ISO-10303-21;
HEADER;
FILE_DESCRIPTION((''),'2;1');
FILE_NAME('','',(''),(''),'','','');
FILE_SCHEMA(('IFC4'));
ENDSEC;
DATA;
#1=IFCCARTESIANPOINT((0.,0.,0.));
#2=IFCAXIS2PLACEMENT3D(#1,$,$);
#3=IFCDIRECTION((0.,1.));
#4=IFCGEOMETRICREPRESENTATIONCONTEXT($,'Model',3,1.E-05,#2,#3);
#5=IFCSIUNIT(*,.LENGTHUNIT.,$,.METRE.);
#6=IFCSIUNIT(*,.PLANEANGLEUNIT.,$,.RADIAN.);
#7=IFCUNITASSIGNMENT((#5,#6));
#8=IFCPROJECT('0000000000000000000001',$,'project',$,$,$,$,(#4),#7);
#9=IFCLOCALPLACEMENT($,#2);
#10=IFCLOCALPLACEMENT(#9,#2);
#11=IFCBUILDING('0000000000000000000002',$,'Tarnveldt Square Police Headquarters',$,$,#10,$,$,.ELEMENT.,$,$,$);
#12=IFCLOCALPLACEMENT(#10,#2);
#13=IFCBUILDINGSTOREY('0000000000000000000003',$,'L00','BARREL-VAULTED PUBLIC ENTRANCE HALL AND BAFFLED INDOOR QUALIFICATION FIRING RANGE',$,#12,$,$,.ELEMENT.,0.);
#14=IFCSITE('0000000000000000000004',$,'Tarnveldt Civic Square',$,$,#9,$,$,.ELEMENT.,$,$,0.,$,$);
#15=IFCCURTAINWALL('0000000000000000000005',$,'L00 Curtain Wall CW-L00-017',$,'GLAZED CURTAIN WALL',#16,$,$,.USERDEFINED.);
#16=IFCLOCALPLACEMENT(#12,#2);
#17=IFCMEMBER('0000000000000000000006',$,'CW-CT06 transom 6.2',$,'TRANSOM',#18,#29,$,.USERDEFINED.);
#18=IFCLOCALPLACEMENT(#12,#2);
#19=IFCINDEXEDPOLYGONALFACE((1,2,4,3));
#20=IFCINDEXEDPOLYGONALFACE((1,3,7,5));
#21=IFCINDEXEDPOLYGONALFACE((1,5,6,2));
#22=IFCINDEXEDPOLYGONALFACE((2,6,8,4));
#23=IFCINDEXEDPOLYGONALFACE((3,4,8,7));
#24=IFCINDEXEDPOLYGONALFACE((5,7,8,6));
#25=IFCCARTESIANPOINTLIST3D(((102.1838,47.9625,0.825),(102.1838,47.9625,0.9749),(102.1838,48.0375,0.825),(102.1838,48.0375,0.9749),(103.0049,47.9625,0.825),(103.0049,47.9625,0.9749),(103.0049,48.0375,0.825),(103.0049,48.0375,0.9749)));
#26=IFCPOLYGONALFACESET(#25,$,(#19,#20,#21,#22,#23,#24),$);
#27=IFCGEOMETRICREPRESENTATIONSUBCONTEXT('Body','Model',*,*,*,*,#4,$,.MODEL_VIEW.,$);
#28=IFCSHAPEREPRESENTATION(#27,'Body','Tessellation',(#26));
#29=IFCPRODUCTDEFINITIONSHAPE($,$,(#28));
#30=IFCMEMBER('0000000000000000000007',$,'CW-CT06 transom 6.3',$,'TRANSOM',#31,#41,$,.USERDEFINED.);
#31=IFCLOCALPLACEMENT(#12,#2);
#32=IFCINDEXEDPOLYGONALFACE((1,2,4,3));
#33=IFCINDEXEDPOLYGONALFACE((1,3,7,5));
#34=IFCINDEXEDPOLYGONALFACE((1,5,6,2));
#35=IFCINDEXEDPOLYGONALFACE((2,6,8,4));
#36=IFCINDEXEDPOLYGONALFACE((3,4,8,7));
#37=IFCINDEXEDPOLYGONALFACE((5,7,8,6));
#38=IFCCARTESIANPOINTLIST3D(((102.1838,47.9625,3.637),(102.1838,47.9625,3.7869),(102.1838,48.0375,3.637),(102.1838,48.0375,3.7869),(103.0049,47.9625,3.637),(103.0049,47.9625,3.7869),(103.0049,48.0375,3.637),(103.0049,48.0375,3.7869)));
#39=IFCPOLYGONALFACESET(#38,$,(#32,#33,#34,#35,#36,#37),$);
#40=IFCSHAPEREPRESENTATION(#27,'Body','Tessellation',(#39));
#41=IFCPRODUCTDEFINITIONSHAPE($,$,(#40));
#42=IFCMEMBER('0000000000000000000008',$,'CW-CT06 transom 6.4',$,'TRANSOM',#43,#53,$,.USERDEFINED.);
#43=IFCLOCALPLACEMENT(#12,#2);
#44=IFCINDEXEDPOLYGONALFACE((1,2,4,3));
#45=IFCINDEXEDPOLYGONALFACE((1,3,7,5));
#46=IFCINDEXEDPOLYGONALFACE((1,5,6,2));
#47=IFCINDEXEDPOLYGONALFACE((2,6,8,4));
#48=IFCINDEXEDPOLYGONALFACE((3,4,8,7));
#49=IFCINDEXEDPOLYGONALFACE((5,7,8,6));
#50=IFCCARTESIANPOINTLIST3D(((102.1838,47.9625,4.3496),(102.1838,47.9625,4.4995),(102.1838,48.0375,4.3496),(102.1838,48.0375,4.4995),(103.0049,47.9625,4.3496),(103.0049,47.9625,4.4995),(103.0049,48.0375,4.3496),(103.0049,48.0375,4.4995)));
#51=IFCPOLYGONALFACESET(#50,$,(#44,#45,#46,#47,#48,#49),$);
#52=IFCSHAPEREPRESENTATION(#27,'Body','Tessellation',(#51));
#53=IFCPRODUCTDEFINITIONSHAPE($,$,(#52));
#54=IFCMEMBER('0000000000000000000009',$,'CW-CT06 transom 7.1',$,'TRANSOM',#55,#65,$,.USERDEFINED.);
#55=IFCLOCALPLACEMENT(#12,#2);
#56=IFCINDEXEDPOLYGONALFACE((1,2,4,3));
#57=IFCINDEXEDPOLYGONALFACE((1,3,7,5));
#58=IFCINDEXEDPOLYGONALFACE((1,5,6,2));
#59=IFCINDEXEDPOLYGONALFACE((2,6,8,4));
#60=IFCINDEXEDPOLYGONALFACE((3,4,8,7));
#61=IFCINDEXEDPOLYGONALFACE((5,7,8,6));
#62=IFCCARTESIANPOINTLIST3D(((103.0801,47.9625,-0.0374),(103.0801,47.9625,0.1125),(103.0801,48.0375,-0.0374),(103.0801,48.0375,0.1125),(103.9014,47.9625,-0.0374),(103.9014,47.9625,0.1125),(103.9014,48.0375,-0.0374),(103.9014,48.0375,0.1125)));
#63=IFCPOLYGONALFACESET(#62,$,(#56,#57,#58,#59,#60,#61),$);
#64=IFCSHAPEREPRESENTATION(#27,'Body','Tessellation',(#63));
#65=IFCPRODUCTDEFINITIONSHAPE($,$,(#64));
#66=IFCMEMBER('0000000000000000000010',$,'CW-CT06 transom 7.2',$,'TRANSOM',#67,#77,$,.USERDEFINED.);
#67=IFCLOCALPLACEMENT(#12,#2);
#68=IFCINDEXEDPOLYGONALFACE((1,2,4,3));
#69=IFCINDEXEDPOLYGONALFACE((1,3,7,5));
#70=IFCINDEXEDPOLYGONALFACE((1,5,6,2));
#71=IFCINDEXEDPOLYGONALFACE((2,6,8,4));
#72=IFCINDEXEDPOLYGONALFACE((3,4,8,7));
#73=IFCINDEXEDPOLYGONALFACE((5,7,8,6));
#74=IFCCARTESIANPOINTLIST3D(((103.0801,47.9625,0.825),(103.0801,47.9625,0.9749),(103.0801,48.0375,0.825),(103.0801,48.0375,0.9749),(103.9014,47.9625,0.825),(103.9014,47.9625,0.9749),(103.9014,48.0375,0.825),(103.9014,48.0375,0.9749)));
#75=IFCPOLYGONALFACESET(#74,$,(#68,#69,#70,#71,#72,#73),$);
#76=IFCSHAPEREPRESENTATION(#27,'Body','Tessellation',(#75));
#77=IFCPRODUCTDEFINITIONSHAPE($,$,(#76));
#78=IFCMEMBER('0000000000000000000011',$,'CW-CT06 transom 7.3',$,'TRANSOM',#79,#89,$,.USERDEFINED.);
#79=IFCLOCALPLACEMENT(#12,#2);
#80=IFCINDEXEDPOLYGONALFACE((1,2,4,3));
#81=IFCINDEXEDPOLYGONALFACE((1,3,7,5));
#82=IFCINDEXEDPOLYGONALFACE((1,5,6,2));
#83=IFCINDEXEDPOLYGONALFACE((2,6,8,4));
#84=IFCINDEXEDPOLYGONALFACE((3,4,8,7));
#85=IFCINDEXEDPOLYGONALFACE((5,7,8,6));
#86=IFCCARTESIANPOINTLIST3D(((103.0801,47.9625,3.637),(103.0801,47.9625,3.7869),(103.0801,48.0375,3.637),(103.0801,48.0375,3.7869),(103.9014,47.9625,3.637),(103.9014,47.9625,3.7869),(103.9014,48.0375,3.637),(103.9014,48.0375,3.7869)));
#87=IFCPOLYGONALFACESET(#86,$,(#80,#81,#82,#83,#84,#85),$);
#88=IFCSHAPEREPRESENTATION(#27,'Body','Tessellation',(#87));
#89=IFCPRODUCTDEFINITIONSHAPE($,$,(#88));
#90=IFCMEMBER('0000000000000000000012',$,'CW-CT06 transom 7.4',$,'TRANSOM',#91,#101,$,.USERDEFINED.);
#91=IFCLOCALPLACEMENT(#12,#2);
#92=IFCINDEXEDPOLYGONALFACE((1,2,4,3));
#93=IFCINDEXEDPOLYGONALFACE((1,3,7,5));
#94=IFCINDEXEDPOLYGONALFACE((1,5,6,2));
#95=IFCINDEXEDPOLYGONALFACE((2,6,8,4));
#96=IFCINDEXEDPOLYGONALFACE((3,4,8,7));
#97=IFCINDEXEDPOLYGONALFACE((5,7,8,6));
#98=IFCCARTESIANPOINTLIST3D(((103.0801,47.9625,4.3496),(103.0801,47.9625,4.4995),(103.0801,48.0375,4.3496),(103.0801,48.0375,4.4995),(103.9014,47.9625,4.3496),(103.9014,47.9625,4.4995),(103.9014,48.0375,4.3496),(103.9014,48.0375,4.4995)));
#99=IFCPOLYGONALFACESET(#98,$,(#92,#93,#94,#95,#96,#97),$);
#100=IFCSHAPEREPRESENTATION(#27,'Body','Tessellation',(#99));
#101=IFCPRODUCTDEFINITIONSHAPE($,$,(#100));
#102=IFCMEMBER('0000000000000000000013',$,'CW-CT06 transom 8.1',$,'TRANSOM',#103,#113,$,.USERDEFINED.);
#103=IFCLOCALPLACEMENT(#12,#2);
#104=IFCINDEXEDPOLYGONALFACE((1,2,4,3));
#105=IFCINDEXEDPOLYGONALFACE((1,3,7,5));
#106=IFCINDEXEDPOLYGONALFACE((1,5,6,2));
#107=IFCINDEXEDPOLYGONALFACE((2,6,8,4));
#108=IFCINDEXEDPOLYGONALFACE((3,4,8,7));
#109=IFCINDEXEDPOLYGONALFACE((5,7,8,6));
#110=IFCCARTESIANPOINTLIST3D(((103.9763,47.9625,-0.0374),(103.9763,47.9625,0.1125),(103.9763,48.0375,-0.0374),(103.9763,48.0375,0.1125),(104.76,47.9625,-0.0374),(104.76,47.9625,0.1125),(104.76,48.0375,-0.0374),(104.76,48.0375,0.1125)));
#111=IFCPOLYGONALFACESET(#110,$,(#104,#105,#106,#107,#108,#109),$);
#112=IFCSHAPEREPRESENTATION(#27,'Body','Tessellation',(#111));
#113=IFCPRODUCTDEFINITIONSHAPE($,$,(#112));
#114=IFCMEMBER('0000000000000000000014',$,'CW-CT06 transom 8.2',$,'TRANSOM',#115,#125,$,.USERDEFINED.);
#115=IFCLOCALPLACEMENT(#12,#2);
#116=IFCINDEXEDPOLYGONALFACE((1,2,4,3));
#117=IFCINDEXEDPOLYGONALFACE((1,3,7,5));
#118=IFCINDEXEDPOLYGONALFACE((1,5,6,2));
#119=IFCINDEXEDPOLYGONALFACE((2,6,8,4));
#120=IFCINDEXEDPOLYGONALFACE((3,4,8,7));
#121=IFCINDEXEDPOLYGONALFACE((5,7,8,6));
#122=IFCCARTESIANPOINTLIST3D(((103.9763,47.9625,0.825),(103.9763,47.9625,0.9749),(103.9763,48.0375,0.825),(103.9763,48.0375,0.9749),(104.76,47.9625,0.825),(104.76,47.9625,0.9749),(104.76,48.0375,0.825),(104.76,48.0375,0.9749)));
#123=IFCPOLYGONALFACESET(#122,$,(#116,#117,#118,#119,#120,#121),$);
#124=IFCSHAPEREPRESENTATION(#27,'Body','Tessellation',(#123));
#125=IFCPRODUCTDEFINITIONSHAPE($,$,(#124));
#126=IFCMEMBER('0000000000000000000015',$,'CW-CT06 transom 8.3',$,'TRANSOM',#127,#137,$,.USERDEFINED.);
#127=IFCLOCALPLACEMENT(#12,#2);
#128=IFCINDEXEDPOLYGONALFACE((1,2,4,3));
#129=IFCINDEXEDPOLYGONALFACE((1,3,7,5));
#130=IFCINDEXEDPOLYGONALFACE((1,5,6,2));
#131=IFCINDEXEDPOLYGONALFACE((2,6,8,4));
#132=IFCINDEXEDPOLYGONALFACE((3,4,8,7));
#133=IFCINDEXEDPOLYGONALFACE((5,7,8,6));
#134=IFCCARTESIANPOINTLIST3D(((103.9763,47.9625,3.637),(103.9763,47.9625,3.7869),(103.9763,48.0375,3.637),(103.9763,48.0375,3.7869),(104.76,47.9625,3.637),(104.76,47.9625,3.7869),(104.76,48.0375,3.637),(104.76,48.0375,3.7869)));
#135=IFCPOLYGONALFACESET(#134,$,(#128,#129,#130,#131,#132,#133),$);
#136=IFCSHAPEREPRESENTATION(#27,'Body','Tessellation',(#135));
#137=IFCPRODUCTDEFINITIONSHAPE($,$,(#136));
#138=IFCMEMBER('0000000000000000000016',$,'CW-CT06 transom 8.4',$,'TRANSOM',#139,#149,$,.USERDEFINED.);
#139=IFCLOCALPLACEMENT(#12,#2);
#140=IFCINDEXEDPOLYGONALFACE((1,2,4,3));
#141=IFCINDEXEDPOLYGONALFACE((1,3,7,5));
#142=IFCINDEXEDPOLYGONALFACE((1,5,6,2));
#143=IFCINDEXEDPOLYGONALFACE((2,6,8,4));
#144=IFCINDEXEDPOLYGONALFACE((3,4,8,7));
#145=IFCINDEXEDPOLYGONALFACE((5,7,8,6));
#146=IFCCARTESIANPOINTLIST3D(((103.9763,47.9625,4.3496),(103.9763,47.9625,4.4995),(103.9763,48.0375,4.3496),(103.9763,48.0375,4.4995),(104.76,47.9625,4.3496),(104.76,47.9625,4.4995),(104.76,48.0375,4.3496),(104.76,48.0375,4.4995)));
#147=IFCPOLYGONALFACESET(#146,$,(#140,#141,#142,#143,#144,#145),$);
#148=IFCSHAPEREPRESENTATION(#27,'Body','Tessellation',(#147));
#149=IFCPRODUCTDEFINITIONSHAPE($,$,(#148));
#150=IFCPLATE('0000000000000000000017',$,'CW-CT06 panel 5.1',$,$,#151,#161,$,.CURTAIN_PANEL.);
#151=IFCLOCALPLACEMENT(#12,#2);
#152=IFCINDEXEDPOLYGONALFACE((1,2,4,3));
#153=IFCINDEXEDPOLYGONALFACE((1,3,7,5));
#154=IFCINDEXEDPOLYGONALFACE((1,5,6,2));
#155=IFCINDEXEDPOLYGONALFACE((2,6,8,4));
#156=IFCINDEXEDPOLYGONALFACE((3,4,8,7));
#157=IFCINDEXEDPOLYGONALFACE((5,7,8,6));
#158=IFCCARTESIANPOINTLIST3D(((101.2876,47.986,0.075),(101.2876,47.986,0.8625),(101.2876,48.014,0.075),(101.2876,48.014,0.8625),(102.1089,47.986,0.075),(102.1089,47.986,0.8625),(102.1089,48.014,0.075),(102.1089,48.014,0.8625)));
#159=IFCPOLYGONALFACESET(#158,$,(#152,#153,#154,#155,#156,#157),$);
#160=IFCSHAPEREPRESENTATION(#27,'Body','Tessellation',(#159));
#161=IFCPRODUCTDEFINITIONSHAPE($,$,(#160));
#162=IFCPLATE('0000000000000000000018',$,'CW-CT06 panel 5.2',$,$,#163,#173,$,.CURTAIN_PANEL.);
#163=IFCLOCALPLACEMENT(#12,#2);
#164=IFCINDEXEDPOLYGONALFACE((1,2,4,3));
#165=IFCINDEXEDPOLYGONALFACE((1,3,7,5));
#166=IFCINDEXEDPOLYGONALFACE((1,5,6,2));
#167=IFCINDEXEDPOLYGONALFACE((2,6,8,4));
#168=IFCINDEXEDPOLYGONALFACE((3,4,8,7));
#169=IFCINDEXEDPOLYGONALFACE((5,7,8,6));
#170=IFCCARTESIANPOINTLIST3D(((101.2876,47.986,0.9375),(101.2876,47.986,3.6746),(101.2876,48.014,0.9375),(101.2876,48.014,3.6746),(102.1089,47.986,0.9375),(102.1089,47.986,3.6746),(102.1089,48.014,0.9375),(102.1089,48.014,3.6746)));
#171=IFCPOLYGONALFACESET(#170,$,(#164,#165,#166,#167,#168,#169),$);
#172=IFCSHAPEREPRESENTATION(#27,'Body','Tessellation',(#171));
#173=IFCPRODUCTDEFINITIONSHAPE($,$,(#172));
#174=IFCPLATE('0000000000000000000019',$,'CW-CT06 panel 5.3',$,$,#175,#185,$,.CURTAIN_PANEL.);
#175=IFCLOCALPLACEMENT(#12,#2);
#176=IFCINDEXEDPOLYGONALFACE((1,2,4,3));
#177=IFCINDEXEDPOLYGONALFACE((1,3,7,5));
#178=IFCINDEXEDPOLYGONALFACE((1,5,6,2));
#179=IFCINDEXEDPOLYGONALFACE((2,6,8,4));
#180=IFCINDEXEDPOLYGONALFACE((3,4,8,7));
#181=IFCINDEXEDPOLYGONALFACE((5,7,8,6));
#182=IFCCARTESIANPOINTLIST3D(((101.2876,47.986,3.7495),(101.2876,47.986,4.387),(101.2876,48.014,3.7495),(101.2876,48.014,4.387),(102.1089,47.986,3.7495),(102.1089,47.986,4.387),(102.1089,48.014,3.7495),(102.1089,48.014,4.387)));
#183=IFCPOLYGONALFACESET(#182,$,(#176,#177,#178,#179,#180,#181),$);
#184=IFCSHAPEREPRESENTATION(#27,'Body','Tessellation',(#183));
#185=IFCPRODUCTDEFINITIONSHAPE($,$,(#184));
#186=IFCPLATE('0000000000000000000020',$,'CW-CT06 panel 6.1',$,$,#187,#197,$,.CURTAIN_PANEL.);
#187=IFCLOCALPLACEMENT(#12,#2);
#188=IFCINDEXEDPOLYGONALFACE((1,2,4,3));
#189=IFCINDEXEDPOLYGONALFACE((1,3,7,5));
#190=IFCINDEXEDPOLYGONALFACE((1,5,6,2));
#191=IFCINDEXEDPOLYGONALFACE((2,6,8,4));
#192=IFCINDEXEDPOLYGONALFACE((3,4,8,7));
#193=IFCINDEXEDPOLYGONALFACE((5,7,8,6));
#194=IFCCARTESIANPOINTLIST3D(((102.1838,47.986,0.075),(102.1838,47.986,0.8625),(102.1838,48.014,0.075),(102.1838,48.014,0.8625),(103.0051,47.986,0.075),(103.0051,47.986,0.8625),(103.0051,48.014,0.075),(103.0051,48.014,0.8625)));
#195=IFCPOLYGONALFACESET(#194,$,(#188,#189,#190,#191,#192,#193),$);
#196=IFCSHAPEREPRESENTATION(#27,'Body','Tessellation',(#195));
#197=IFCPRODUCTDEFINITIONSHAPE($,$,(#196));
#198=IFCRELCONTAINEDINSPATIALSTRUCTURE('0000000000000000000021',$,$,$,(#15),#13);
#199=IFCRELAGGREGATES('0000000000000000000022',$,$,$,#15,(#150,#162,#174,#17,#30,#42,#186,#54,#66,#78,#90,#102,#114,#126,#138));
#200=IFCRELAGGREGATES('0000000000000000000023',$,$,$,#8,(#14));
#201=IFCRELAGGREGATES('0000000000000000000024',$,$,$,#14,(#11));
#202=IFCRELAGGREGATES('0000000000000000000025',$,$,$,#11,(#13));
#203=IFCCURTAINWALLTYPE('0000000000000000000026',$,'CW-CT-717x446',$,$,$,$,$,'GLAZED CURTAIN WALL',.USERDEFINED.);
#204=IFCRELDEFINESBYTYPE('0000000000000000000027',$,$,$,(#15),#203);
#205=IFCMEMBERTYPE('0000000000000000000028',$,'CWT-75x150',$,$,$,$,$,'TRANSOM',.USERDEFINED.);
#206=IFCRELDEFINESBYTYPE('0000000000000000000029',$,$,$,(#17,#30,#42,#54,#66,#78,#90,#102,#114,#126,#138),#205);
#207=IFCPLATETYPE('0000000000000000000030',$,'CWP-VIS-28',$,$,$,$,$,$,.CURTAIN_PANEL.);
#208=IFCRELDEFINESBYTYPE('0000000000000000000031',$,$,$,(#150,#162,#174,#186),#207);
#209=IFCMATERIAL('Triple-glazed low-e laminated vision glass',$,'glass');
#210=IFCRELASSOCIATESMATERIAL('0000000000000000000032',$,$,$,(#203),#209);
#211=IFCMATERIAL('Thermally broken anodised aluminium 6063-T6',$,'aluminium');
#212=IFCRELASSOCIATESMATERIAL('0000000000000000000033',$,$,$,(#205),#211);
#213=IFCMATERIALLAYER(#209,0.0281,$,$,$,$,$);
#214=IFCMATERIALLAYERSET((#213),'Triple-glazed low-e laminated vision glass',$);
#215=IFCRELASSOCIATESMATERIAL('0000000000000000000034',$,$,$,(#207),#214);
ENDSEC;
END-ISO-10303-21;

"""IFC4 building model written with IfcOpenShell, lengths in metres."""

from ifc_helpers import new_model, si_unit, direction, frame, origin, origin_2d, place, context, subcontext, project, spatial, rectangle, extrude, material, layer, layer_set, material_profile, profile_set, type_object, element, aggregate, save


model = new_model("IFC4")

# Units and contexts
model_context = context("Model", 3, precision=1e-05, world=origin(), true_north=direction((0.0, 1.0)))
body_context = subcontext(model_context, "Body", "Model", "MODEL_VIEW")
ifc_project = project(units=[si_unit("LENGTHUNIT", "METRE"), si_unit("PLANEANGLEUNIT", "RADIAN")], contexts=[model_context])

# Site, building, storey
site_placement = place(None, origin())
site = spatial("IfcSite", under=ifc_project, at=site_placement, Name="Tarnveldt Civic Square", CompositionType="ELEMENT", RefElevation=0.0)
building_placement = place(site_placement, origin())
building = spatial("IfcBuilding", under=site, at=building_placement, Name="Tarnveldt Square Police Headquarters", CompositionType="ELEMENT")
storey_placement = place(building_placement, origin())
storey = spatial("IfcBuildingStorey", under=building, at=storey_placement, Name="L00", Description="BARREL-VAULTED PUBLIC ENTRANCE HALL AND BAFFLED INDOOR QUALIFICATION FIRING RANGE", CompositionType="ELEMENT", Elevation=0.0)

# Curtain wall, members, plates
ifc_material_1 = material(Name="Triple-glazed low-e laminated vision glass", Category="glass")
curtain_wall_type = type_object("IfcCurtainWallType", Name="CW-CT-717x446", ElementType="GLAZED CURTAIN WALL", PredefinedType="USERDEFINED", material=ifc_material_1)
curtain_wall_placement = place(storey_placement, origin())
curtain_wall = element("IfcCurtainWall", 1, at=curtain_wall_placement, inside=storey, type_object=curtain_wall_type, Name="L00 Curtain Wall CW-L00-017", ObjectType="GLAZED CURTAIN WALL", PredefinedType="USERDEFINED")
ifc_material_2 = material(Name="Thermally broken anodised aluminium 6063-T6", Category="aluminium")
ifc_material_profile_1 = material_profile(ifc_material_2, rectangle(XDim=0.075, YDim=0.1499, at=origin_2d()), Name="CW-T75x150")
ifc_profile_set_1 = profile_set([ifc_material_profile_1], Name="Thermally broken anodised aluminium 6063-T6")
member_type_1 = type_object("IfcMemberType", Name="CWT-75x150", ElementType="TRANSOM", PredefinedType="USERDEFINED", material=ifc_profile_set_1)
member_1_placement = place(storey_placement, frame((102.1838, 48.0, 0.8999), z_axis=(1.0, 0.0, 0.0), x_axis=(0.0, 1.0, 0.0)))
member_1 = element("IfcMember", 2, at=member_1_placement, type_object=member_type_1, Name="CW-CT06 transom 6.2", ObjectType="TRANSOM", PredefinedType="USERDEFINED", context=body_context, shape_type="SweptSolid", body=[
    extrude(rectangle(XDim=0.075, YDim=0.1499, at=origin_2d()), origin(), (0.0, 0.0, 1.0), 0.821),
])
member_2_placement = place(storey_placement, frame((102.1838, 48.0, 3.7119), z_axis=(1.0, 0.0, 0.0), x_axis=(0.0, 1.0, 0.0)))
member_2 = element("IfcMember", 3, at=member_2_placement, type_object=member_type_1, Name="CW-CT06 transom 6.3", ObjectType="TRANSOM", PredefinedType="USERDEFINED", context=body_context, shape_type="SweptSolid", body=[
    extrude(rectangle(XDim=0.075, YDim=0.1499, at=origin_2d()), origin(), (0.0, 0.0, 1.0), 0.821),
])
member_3_placement = place(storey_placement, frame((102.1838, 48.0, 4.4246), z_axis=(1.0, 0.0, 0.0), x_axis=(0.0, 1.0, 0.0)))
member_3 = element("IfcMember", 4, at=member_3_placement, type_object=member_type_1, Name="CW-CT06 transom 6.4", ObjectType="TRANSOM", PredefinedType="USERDEFINED", context=body_context, shape_type="SweptSolid", body=[
    extrude(rectangle(XDim=0.075, YDim=0.1499, at=origin_2d()), origin(), (0.0, 0.0, 1.0), 0.821),
])
member_4_placement = place(storey_placement, frame((103.0801, 48.0, 0.0376), z_axis=(1.0, 0.0, 0.0), x_axis=(0.0, 1.0, 0.0)))
member_4 = element("IfcMember", 5, at=member_4_placement, type_object=member_type_1, Name="CW-CT06 transom 7.1", ObjectType="TRANSOM", PredefinedType="USERDEFINED", context=body_context, shape_type="SweptSolid", body=[
    extrude(rectangle(XDim=0.075, YDim=0.1499, at=origin_2d()), origin(), (0.0, 0.0, 1.0), 0.8213),
])
member_5_placement = place(storey_placement, frame((103.0801, 48.0, 0.8999), z_axis=(1.0, 0.0, 0.0), x_axis=(0.0, 1.0, 0.0)))
member_5 = element("IfcMember", 6, at=member_5_placement, type_object=member_type_1, Name="CW-CT06 transom 7.2", ObjectType="TRANSOM", PredefinedType="USERDEFINED", context=body_context, shape_type="SweptSolid", body=[
    extrude(rectangle(XDim=0.075, YDim=0.1499, at=origin_2d()), origin(), (0.0, 0.0, 1.0), 0.8213),
])
member_6_placement = place(storey_placement, frame((103.0801, 48.0, 3.7119), z_axis=(1.0, 0.0, 0.0), x_axis=(0.0, 1.0, 0.0)))
member_6 = element("IfcMember", 7, at=member_6_placement, type_object=member_type_1, Name="CW-CT06 transom 7.3", ObjectType="TRANSOM", PredefinedType="USERDEFINED", context=body_context, shape_type="SweptSolid", body=[
    extrude(rectangle(XDim=0.075, YDim=0.1499, at=origin_2d()), origin(), (0.0, 0.0, 1.0), 0.8213),
])
member_7_placement = place(storey_placement, frame((103.0801, 48.0, 4.4246), z_axis=(1.0, 0.0, 0.0), x_axis=(0.0, 1.0, 0.0)))
member_7 = element("IfcMember", 8, at=member_7_placement, type_object=member_type_1, Name="CW-CT06 transom 7.4", ObjectType="TRANSOM", PredefinedType="USERDEFINED", context=body_context, shape_type="SweptSolid", body=[
    extrude(rectangle(XDim=0.075, YDim=0.1499, at=origin_2d()), origin(), (0.0, 0.0, 1.0), 0.8213),
])
member_8_placement = place(storey_placement, frame((103.9763, 48.0, 0.0376), z_axis=(1.0, 0.0, 0.0), x_axis=(0.0, 1.0, 0.0)))
member_8 = element("IfcMember", 9, at=member_8_placement, type_object=member_type_1, Name="CW-CT06 transom 8.1", ObjectType="TRANSOM", PredefinedType="USERDEFINED", context=body_context, shape_type="SweptSolid", body=[
    extrude(rectangle(XDim=0.075, YDim=0.1499, at=origin_2d()), origin(), (0.0, 0.0, 1.0), 0.7837),
])
member_9_placement = place(storey_placement, frame((103.9763, 48.0, 0.8999), z_axis=(1.0, 0.0, 0.0), x_axis=(0.0, 1.0, 0.0)))
member_9 = element("IfcMember", 10, at=member_9_placement, type_object=member_type_1, Name="CW-CT06 transom 8.2", ObjectType="TRANSOM", PredefinedType="USERDEFINED", context=body_context, shape_type="SweptSolid", body=[
    extrude(rectangle(XDim=0.075, YDim=0.1499, at=origin_2d()), origin(), (0.0, 0.0, 1.0), 0.7837),
])
member_10_placement = place(storey_placement, frame((103.9763, 48.0, 3.7119), z_axis=(1.0, 0.0, 0.0), x_axis=(0.0, 1.0, 0.0)))
member_10 = element("IfcMember", 11, at=member_10_placement, type_object=member_type_1, Name="CW-CT06 transom 8.3", ObjectType="TRANSOM", PredefinedType="USERDEFINED", context=body_context, shape_type="SweptSolid", body=[
    extrude(rectangle(XDim=0.075, YDim=0.1499, at=origin_2d()), origin(), (0.0, 0.0, 1.0), 0.7837),
])
member_11_placement = place(storey_placement, frame((103.9763, 48.0, 4.4246), z_axis=(1.0, 0.0, 0.0), x_axis=(0.0, 1.0, 0.0)))
member_11 = element("IfcMember", 12, at=member_11_placement, type_object=member_type_1, Name="CW-CT06 transom 8.4", ObjectType="TRANSOM", PredefinedType="USERDEFINED", context=body_context, shape_type="SweptSolid", body=[
    extrude(rectangle(XDim=0.075, YDim=0.1499, at=origin_2d()), origin(), (0.0, 0.0, 1.0), 0.7837),
])
ifc_layer = layer(ifc_material_1, 0.0281)
ifc_layer_set = layer_set([ifc_layer], Name="Triple-glazed low-e laminated vision glass")
plate_type = type_object("IfcPlateType", Name="CWP-VIS-28", PredefinedType="CURTAIN_PANEL", material=ifc_layer_set)
plate_1_placement = place(storey_placement, frame((101.6982, 48.0, 0.075), z_axis=(0.0, 0.0, 1.0), x_axis=(1.0, 0.0, 0.0)))
plate_1 = element("IfcPlate", 13, at=plate_1_placement, type_object=plate_type, Name="CW-CT06 panel 5.1", PredefinedType="CURTAIN_PANEL", context=body_context, shape_type="SweptSolid", body=[
    extrude(rectangle(XDim=0.8213, YDim=0.0281, at=origin_2d()), origin(), (0.0, 0.0, 1.0), 0.7876),
])
plate_2_placement = place(storey_placement, frame((101.6982, 48.0, 0.9375), z_axis=(0.0, 0.0, 1.0), x_axis=(1.0, 0.0, 0.0)))
plate_2 = element("IfcPlate", 14, at=plate_2_placement, type_object=plate_type, Name="CW-CT06 panel 5.2", PredefinedType="CURTAIN_PANEL", context=body_context, shape_type="SweptSolid", body=[
    extrude(rectangle(XDim=0.8213, YDim=0.0281, at=origin_2d()), origin(), (0.0, 0.0, 1.0), 2.7371),
])
plate_3_placement = place(storey_placement, frame((101.6982, 48.0, 3.7495), z_axis=(0.0, 0.0, 1.0), x_axis=(1.0, 0.0, 0.0)))
plate_3 = element("IfcPlate", 15, at=plate_3_placement, type_object=plate_type, Name="CW-CT06 panel 5.3", PredefinedType="CURTAIN_PANEL", context=body_context, shape_type="SweptSolid", body=[
    extrude(rectangle(XDim=0.8213, YDim=0.0281, at=origin_2d()), origin(), (0.0, 0.0, 1.0), 0.6375),
])
plate_4_placement = place(storey_placement, frame((102.5945, 48.0, 0.075), z_axis=(0.0, 0.0, 1.0), x_axis=(1.0, 0.0, 0.0)))
plate_4 = element("IfcPlate", 16, at=plate_4_placement, type_object=plate_type, Name="CW-CT06 panel 6.1", PredefinedType="CURTAIN_PANEL", context=body_context, shape_type="SweptSolid", body=[
    extrude(rectangle(XDim=0.8213, YDim=0.0281, at=origin_2d()), origin(), (0.0, 0.0, 1.0), 0.7876),
])
aggregate(curtain_wall, [plate_1, plate_2, plate_3, member_1, member_2, member_3, plate_4, member_4, member_5, member_6, member_7, member_8, member_9, member_10, member_11])

save(model, "model.ifc")
